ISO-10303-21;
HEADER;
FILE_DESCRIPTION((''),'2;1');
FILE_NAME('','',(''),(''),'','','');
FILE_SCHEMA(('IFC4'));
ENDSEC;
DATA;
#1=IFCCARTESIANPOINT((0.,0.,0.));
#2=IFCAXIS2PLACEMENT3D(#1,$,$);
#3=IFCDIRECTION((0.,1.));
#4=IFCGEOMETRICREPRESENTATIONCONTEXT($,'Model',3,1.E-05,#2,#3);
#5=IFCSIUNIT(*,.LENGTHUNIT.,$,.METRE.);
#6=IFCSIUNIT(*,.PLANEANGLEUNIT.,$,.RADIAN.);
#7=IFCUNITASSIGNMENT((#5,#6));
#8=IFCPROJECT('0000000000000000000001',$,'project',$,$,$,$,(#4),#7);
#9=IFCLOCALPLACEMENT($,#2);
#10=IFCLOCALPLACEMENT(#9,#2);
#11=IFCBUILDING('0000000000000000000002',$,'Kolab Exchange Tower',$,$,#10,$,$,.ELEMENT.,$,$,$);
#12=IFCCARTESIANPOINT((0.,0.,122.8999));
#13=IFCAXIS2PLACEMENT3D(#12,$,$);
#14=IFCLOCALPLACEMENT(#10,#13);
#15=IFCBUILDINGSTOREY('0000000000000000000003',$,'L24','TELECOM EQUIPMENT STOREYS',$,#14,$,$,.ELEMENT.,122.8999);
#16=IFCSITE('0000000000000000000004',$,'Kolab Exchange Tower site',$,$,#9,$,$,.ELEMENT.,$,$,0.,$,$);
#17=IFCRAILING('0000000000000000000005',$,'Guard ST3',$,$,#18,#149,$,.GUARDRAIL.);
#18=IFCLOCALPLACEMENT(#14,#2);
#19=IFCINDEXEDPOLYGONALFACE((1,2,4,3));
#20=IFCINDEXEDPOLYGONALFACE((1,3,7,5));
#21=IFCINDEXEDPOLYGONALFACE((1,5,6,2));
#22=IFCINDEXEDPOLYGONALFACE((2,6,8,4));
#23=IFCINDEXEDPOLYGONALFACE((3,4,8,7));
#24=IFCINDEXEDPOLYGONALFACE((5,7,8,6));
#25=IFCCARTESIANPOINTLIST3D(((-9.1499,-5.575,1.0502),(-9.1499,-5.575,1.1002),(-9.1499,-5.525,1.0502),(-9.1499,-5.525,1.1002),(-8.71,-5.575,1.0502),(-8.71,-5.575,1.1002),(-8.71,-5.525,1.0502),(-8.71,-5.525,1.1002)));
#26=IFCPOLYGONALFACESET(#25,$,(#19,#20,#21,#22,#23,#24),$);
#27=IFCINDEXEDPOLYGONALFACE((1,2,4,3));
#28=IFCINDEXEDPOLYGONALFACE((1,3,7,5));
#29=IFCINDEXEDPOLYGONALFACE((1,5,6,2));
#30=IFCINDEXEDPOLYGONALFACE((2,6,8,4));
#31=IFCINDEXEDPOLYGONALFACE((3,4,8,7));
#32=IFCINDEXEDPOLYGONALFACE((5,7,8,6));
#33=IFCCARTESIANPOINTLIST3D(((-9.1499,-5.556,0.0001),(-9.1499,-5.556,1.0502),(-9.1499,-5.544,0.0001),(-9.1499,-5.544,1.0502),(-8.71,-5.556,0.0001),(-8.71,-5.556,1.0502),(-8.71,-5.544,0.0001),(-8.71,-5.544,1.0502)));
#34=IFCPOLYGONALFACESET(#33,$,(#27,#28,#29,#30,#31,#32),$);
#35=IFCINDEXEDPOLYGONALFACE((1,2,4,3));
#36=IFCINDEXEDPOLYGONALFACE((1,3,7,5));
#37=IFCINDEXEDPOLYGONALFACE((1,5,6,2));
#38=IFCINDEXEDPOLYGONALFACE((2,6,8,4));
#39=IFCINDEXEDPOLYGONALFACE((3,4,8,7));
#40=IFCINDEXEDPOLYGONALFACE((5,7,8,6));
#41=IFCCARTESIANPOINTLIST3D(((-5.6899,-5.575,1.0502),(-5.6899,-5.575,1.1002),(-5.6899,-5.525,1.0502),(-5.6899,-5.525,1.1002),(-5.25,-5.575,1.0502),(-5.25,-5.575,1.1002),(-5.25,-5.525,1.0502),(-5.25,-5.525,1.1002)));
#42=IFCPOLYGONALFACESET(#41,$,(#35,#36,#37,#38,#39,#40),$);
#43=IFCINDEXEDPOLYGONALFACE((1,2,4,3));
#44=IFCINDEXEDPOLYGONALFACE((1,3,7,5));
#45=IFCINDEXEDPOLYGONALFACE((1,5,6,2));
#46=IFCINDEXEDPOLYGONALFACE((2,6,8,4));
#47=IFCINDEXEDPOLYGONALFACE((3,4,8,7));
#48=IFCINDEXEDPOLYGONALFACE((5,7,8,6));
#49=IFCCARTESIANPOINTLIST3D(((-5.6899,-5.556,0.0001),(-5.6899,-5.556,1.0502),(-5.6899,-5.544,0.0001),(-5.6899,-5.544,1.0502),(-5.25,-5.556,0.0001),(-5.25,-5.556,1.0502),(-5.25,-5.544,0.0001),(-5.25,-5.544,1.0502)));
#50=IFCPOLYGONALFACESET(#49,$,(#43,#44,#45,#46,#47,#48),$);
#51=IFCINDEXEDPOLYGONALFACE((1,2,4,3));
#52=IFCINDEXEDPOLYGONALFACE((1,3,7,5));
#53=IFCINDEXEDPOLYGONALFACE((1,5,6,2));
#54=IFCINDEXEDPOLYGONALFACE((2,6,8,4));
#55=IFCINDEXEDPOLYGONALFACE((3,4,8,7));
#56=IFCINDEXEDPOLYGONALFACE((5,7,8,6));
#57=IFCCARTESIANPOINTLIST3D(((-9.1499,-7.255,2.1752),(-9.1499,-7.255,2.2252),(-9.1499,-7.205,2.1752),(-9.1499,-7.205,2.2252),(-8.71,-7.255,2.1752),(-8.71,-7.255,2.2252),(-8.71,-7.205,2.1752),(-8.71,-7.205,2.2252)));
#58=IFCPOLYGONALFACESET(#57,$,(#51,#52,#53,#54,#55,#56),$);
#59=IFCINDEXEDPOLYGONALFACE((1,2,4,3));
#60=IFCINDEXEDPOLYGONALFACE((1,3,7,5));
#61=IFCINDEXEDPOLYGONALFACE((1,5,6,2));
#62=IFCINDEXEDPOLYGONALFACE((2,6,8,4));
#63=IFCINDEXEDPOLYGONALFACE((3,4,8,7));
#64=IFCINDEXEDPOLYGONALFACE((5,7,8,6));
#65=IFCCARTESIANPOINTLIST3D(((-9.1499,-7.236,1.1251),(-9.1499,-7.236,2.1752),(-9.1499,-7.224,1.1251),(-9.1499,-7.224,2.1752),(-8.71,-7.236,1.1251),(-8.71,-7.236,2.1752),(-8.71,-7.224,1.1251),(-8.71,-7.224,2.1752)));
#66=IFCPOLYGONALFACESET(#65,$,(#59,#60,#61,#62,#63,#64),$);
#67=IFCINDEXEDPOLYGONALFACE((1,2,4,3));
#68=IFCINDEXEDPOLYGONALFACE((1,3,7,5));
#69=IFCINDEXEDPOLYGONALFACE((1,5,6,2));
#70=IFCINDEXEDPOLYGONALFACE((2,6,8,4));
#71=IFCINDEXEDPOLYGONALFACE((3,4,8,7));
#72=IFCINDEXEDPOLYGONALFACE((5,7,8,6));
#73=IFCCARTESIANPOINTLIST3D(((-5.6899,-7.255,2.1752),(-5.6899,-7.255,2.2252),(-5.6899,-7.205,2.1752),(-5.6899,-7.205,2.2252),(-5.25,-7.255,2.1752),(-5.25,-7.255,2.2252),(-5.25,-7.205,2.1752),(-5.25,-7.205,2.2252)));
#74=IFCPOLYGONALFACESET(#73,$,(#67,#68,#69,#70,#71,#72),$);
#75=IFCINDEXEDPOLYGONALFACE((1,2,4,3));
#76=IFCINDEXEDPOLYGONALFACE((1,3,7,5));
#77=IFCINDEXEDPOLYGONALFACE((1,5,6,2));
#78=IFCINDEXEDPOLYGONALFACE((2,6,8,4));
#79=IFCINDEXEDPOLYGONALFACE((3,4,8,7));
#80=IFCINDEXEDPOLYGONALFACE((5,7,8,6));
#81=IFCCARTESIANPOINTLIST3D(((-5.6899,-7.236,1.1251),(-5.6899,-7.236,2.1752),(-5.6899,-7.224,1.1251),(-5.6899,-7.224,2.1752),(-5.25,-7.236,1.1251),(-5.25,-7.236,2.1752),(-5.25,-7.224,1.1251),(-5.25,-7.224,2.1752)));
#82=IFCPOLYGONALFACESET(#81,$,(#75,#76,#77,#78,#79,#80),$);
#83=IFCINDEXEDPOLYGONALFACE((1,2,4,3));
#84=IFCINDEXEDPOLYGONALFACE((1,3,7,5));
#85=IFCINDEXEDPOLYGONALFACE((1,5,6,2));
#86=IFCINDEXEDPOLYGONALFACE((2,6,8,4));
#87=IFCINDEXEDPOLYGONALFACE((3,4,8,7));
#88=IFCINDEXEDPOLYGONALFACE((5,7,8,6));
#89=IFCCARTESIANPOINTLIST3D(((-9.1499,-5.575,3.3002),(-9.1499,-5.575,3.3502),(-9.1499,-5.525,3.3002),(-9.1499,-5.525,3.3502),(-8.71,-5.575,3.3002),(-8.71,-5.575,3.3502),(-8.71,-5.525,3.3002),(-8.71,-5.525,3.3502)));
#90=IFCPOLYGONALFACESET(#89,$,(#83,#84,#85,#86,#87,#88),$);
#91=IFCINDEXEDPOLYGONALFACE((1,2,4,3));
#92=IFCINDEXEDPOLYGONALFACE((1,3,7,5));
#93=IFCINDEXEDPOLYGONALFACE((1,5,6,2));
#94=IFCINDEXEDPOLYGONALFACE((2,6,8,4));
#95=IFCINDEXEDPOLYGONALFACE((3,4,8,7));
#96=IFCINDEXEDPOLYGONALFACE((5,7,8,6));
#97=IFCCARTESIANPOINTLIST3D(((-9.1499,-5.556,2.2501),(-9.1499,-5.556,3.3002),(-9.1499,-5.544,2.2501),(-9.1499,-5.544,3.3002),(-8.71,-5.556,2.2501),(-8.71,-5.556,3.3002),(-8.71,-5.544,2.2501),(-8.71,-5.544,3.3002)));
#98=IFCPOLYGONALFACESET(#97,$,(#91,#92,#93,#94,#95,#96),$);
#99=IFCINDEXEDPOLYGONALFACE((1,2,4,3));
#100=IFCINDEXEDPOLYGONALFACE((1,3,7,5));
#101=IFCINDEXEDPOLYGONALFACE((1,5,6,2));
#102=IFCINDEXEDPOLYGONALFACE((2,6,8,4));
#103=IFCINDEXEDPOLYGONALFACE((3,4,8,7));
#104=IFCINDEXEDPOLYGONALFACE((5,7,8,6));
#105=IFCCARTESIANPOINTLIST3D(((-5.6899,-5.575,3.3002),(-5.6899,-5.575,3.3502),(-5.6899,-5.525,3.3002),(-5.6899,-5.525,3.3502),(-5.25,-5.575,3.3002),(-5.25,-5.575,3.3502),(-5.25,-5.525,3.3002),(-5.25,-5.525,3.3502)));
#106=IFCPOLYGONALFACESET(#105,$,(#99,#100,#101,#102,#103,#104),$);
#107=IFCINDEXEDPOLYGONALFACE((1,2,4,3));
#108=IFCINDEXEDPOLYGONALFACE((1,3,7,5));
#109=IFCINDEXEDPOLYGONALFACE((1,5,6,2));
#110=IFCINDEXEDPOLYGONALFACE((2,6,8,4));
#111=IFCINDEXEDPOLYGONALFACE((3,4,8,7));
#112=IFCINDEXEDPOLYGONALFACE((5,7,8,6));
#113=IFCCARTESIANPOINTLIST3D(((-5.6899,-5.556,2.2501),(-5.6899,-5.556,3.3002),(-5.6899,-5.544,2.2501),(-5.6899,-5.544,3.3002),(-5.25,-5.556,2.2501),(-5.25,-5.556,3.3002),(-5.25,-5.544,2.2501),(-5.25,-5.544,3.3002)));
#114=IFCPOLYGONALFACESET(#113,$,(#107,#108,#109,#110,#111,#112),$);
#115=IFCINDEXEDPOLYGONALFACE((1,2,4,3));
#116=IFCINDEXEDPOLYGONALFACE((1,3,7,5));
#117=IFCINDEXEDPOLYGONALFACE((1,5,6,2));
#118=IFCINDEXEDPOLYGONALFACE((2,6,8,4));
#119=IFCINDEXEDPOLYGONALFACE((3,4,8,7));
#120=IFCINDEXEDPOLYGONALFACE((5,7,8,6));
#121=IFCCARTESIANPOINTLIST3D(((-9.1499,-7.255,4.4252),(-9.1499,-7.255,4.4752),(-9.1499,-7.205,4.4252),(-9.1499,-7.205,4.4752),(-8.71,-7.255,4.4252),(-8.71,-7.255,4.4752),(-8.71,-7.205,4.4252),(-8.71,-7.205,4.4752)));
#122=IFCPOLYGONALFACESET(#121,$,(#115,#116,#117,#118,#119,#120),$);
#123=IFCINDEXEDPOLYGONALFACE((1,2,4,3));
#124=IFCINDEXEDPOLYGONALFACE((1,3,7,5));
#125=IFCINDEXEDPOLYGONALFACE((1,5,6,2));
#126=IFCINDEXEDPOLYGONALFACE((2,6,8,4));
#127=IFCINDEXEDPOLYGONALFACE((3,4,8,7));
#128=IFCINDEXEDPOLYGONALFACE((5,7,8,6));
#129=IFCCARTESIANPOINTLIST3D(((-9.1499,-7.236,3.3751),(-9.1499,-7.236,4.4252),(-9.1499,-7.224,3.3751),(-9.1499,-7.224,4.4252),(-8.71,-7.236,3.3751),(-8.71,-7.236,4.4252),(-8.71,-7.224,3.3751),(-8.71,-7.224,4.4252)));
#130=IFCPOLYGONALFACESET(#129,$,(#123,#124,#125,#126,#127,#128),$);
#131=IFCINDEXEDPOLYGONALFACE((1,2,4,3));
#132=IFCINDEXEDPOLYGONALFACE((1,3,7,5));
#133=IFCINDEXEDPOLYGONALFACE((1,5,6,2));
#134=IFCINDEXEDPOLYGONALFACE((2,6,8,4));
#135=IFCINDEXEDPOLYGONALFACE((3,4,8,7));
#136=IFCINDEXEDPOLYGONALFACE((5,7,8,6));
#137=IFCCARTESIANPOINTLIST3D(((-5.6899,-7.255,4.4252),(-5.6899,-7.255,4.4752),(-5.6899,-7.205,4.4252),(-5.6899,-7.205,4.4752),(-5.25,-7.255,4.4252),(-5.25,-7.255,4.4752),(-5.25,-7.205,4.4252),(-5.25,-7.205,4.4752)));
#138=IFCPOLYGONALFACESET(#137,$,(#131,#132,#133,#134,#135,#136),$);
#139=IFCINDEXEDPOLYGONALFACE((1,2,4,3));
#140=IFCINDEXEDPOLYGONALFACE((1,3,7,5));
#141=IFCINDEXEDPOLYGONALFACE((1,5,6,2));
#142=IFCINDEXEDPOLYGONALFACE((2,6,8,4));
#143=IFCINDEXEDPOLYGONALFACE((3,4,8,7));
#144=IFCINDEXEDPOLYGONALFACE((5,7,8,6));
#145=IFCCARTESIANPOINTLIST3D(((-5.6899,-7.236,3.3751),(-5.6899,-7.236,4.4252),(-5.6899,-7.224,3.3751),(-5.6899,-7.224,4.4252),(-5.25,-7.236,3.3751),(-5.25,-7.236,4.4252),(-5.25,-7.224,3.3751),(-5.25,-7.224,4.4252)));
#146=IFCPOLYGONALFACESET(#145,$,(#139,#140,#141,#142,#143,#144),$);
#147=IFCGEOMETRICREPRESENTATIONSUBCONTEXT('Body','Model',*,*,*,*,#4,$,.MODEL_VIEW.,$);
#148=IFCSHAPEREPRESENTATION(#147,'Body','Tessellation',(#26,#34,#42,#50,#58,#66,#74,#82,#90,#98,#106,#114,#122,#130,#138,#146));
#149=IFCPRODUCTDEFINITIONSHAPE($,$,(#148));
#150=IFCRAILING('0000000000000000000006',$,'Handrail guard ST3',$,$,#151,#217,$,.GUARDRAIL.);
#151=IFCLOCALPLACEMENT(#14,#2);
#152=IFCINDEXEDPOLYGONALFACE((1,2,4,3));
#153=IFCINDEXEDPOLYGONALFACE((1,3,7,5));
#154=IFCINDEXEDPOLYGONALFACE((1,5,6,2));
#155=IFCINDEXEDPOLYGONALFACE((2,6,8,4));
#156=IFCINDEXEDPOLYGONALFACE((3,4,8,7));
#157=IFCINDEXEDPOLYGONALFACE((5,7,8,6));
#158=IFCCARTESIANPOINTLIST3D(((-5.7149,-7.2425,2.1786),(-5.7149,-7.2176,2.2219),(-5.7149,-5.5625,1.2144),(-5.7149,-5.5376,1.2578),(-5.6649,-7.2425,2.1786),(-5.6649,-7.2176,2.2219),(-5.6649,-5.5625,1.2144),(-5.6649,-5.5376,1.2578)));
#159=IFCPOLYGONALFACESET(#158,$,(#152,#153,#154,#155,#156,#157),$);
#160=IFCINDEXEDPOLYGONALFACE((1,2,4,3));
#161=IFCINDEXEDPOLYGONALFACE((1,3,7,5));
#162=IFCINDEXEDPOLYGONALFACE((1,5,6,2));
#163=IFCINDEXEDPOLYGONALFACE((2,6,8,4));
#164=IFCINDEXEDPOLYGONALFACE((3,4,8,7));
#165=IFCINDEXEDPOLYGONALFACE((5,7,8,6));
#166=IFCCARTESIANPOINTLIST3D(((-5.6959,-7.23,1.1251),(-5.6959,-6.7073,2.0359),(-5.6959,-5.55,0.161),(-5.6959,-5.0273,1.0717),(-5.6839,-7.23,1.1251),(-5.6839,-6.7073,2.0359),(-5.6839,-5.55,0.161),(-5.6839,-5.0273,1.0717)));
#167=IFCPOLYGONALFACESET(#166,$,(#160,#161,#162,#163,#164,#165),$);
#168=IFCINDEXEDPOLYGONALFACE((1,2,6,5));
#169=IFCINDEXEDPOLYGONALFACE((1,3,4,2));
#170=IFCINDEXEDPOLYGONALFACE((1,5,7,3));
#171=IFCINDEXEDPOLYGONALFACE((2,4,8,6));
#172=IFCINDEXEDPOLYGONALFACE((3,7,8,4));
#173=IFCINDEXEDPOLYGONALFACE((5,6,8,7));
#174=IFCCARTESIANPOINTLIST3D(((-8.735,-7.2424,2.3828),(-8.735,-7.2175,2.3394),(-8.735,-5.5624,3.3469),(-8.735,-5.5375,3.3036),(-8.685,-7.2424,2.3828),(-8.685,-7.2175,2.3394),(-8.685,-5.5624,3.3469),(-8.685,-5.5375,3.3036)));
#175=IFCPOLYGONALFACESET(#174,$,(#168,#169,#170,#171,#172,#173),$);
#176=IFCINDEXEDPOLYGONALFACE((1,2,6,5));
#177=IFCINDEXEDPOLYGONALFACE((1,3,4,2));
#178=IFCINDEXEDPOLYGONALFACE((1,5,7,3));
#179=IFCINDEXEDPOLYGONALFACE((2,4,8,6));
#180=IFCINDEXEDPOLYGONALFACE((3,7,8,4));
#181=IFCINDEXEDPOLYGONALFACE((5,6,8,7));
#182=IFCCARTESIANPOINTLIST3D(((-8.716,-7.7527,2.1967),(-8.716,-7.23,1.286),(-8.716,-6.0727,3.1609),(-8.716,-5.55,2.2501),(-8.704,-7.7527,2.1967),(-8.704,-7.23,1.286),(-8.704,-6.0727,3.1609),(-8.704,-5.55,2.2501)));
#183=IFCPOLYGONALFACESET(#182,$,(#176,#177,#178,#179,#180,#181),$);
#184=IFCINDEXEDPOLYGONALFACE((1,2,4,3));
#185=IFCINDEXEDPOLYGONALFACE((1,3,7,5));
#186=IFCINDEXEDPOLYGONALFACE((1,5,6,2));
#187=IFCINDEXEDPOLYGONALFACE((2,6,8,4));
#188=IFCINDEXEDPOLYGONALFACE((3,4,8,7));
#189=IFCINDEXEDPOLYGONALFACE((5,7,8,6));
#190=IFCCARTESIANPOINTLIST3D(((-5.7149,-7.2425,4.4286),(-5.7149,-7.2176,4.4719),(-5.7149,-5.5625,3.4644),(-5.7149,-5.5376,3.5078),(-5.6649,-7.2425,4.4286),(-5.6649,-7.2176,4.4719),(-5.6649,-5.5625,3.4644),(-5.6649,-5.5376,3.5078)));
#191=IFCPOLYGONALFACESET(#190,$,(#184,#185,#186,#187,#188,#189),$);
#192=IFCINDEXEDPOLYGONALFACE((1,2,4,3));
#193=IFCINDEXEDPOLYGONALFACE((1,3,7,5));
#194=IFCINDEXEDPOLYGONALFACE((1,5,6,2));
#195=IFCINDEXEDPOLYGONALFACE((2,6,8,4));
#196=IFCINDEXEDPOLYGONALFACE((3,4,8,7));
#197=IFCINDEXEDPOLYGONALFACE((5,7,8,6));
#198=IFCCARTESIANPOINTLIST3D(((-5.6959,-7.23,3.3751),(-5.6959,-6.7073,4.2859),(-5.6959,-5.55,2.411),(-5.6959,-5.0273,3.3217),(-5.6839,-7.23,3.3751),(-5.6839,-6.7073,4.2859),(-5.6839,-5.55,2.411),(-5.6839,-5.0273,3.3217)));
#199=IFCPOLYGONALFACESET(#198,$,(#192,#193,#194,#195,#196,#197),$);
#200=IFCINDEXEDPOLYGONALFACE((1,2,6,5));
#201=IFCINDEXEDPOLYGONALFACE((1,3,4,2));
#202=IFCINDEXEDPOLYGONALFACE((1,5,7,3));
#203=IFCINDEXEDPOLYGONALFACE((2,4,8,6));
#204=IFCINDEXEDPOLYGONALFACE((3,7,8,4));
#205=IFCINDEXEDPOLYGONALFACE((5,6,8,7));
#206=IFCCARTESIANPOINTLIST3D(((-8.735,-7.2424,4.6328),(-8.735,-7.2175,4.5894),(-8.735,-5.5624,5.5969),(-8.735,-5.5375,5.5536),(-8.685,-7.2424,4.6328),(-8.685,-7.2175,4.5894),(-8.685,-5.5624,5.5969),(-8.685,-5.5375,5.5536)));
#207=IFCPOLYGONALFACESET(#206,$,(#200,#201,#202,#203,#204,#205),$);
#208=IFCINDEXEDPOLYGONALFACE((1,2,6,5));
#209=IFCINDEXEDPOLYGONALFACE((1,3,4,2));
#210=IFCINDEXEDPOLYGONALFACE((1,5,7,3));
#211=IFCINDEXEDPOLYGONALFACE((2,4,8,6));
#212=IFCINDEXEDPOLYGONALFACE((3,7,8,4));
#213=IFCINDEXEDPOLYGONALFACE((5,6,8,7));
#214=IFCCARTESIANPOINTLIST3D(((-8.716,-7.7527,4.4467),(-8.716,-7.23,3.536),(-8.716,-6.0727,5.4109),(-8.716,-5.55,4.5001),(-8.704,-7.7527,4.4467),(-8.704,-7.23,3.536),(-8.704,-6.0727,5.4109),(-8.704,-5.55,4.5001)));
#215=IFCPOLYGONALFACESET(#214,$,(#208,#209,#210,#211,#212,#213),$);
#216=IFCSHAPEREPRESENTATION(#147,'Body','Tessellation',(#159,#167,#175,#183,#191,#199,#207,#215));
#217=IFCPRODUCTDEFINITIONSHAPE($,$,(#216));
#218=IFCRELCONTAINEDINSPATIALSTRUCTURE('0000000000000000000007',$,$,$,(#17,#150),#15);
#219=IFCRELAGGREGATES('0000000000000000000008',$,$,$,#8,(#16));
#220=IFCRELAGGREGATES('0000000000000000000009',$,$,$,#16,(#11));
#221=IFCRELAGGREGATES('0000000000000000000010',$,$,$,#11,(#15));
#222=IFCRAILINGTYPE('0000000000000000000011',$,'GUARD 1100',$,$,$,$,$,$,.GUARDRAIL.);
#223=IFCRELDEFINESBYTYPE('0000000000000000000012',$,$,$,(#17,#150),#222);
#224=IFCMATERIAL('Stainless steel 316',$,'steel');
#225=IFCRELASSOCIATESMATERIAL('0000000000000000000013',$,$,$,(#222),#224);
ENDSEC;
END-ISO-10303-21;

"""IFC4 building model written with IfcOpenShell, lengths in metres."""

from ifc_helpers import new_model, si_unit, direction, frame, frame_2d, origin, origin_2d, place, context, subcontext, project, spatial, rectangle, extrude, material, type_object, element, save


model = new_model("IFC4")

# Units and contexts
model_context = context("Model", 3, precision=1e-05, world=origin(), true_north=direction((0.0, 1.0)))
body_context = subcontext(model_context, "Body", "Model", "MODEL_VIEW")
ifc_project = project(units=[si_unit("LENGTHUNIT", "METRE"), si_unit("PLANEANGLEUNIT", "RADIAN")], contexts=[model_context])

# Site, building, storey
site_placement = place(None, origin())
site = spatial("IfcSite", under=ifc_project, at=site_placement, Name="Kolab Exchange Tower site", CompositionType="ELEMENT", RefElevation=0.0)
building_placement = place(site_placement, origin())
building = spatial("IfcBuilding", under=site, at=building_placement, Name="Kolab Exchange Tower", CompositionType="ELEMENT")
storey_placement = place(building_placement, frame((0.0, 0.0, 122.8999)))
storey = spatial("IfcBuildingStorey", under=building, at=storey_placement, Name="L24", Description="TELECOM EQUIPMENT STOREYS", CompositionType="ELEMENT", Elevation=122.8999)

# Shared definitions
ifc_material_1 = material(Name="Stainless steel 316", Category="steel")

# Railings
railing_type = type_object("IfcRailingType", Name="GUARD 1100", PredefinedType="GUARDRAIL", material=ifc_material_1)
railing_1_placement = place(storey_placement, frame((-9.1499, -5.55, 0.0)))
element("IfcRailing", 1, at=railing_1_placement, inside=storey, type_object=railing_type, Name="Guard ST3", PredefinedType="GUARDRAIL", context=body_context, shape_type="SweptSolid", body=[
    extrude(rectangle(XDim=0.05, YDim=0.05, at=origin_2d()), frame((0.0, 0.0, 1.0752), z_axis=(1.0, 0.0, 0.0), x_axis=(0.0, 1.0, 0.0)), (0.0, 0.0, 1.0), 0.4399),
    extrude(rectangle(XDim=0.012, YDim=1.0501, at=frame_2d((0.0, 0.5251))), frame((0.0, 0.0, 0.0), z_axis=(1.0, 0.0, 0.0), x_axis=(0.0, 1.0, 0.0)), (0.0, 0.0, 1.0), 0.4399),
    extrude(rectangle(XDim=0.05, YDim=0.05, at=origin_2d()), frame((3.46, 0.0, 1.0752), z_axis=(1.0, 0.0, 0.0), x_axis=(0.0, 1.0, 0.0)), (0.0, 0.0, 1.0), 0.4399),
    extrude(rectangle(XDim=0.012, YDim=1.0501, at=frame_2d((0.0, 0.5251))), frame((3.46, 0.0, 0.0), z_axis=(1.0, 0.0, 0.0), x_axis=(0.0, 1.0, 0.0)), (0.0, 0.0, 1.0), 0.4399),
    extrude(rectangle(XDim=0.05, YDim=0.05, at=origin_2d()), frame((0.0, -1.6799, 2.2002), z_axis=(1.0, 0.0, 0.0), x_axis=(0.0, 1.0, 0.0)), (0.0, 0.0, 1.0), 0.4399),
    extrude(rectangle(XDim=0.012, YDim=1.0501, at=frame_2d((0.0, 0.5251))), frame((0.0, -1.6799, 1.125), z_axis=(1.0, 0.0, 0.0), x_axis=(0.0, 1.0, 0.0)), (0.0, 0.0, 1.0), 0.4399),
    extrude(rectangle(XDim=0.05, YDim=0.05, at=origin_2d()), frame((3.46, -1.6799, 2.2002), z_axis=(1.0, 0.0, 0.0), x_axis=(0.0, 1.0, 0.0)), (0.0, 0.0, 1.0), 0.4399),
    extrude(rectangle(XDim=0.012, YDim=1.0501, at=frame_2d((0.0, 0.5251))), frame((3.46, -1.6799, 1.125), z_axis=(1.0, 0.0, 0.0), x_axis=(0.0, 1.0, 0.0)), (0.0, 0.0, 1.0), 0.4399),
    extrude(rectangle(XDim=0.05, YDim=0.05, at=origin_2d()), frame((0.0, 0.0, 3.3252), z_axis=(1.0, 0.0, 0.0), x_axis=(0.0, 1.0, 0.0)), (0.0, 0.0, 1.0), 0.4399),
    extrude(rectangle(XDim=0.012, YDim=1.0501, at=frame_2d((0.0, 0.5251))), frame((0.0, 0.0, 2.25), z_axis=(1.0, 0.0, 0.0), x_axis=(0.0, 1.0, 0.0)), (0.0, 0.0, 1.0), 0.4399),
    extrude(rectangle(XDim=0.05, YDim=0.05, at=origin_2d()), frame((3.46, 0.0, 3.3252), z_axis=(1.0, 0.0, 0.0), x_axis=(0.0, 1.0, 0.0)), (0.0, 0.0, 1.0), 0.4399),
    extrude(rectangle(XDim=0.012, YDim=1.0501, at=frame_2d((0.0, 0.5251))), frame((3.46, 0.0, 2.25), z_axis=(1.0, 0.0, 0.0), x_axis=(0.0, 1.0, 0.0)), (0.0, 0.0, 1.0), 0.4399),
    extrude(rectangle(XDim=0.05, YDim=0.05, at=origin_2d()), frame((0.0, -1.6799, 4.4502), z_axis=(1.0, 0.0, 0.0), x_axis=(0.0, 1.0, 0.0)), (0.0, 0.0, 1.0), 0.4399),
    extrude(rectangle(XDim=0.012, YDim=1.0501, at=frame_2d((0.0, 0.5251))), frame((0.0, -1.6799, 3.375), z_axis=(1.0, 0.0, 0.0), x_axis=(0.0, 1.0, 0.0)), (0.0, 0.0, 1.0), 0.4399),
    extrude(rectangle(XDim=0.05, YDim=0.05, at=origin_2d()), frame((3.46, -1.6799, 4.4502), z_axis=(1.0, 0.0, 0.0), x_axis=(0.0, 1.0, 0.0)), (0.0, 0.0, 1.0), 0.4399),
    extrude(rectangle(XDim=0.012, YDim=1.0501, at=frame_2d((0.0, 0.5251))), frame((3.46, -1.6799, 3.375), z_axis=(1.0, 0.0, 0.0), x_axis=(0.0, 1.0, 0.0)), (0.0, 0.0, 1.0), 0.4399),
])
railing_2_placement = place(storey_placement, frame((-5.6899, -5.55, 0.1609)))
element("IfcRailing", 2, at=railing_2_placement, inside=storey, type_object=railing_type, Name="Handrail guard ST3", PredefinedType="GUARDRAIL", context=body_context, shape_type="SweptSolid", body=[
    extrude(rectangle(XDim=0.05, YDim=0.05, at=origin_2d()), frame((0.0, 0.0, 1.0752), z_axis=(0.0, -0.867319, 0.497753), x_axis=(1.0, 0.0, 0.0)), (0.0, 0.0, 1.0), 1.937),
    extrude(rectangle(XDim=0.012, YDim=1.0501, at=frame_2d((0.0, 0.5251))), frame((0.0, 0.0, 0.0), z_axis=(0.0, -0.867319, 0.497753), x_axis=(1.0, 0.0, 0.0)), (0.0, 0.0, 1.0), 1.937),
    extrude(rectangle(XDim=0.05, YDim=0.05, at=origin_2d()), frame((-3.02, -1.6799, 2.2002), z_axis=(0.0, 0.867319, 0.497753), x_axis=(-1.0, 0.0, 0.0)), (0.0, 0.0, 1.0), 1.937),
    extrude(rectangle(XDim=0.012, YDim=1.0501, at=frame_2d((0.0, 0.5251))), frame((-3.02, -1.6799, 1.125), z_axis=(0.0, 0.867319, 0.497753), x_axis=(-1.0, 0.0, 0.0)), (0.0, 0.0, 1.0), 1.937),
    extrude(rectangle(XDim=0.05, YDim=0.05, at=origin_2d()), frame((0.0, 0.0, 3.3252), z_axis=(0.0, -0.867319, 0.497753), x_axis=(1.0, 0.0, 0.0)), (0.0, 0.0, 1.0), 1.937),
    extrude(rectangle(XDim=0.012, YDim=1.0501, at=frame_2d((0.0, 0.5251))), frame((0.0, 0.0, 2.25), z_axis=(0.0, -0.867319, 0.497753), x_axis=(1.0, 0.0, 0.0)), (0.0, 0.0, 1.0), 1.937),
    extrude(rectangle(XDim=0.05, YDim=0.05, at=origin_2d()), frame((-3.02, -1.6799, 4.4502), z_axis=(0.0, 0.867319, 0.497753), x_axis=(-1.0, 0.0, 0.0)), (0.0, 0.0, 1.0), 1.937),
    extrude(rectangle(XDim=0.012, YDim=1.0501, at=frame_2d((0.0, 0.5251))), frame((-3.02, -1.6799, 3.375), z_axis=(0.0, 0.867319, 0.497753), x_axis=(-1.0, 0.0, 0.0)), (0.0, 0.0, 1.0), 1.937),
])

save(model, "model.ifc")
